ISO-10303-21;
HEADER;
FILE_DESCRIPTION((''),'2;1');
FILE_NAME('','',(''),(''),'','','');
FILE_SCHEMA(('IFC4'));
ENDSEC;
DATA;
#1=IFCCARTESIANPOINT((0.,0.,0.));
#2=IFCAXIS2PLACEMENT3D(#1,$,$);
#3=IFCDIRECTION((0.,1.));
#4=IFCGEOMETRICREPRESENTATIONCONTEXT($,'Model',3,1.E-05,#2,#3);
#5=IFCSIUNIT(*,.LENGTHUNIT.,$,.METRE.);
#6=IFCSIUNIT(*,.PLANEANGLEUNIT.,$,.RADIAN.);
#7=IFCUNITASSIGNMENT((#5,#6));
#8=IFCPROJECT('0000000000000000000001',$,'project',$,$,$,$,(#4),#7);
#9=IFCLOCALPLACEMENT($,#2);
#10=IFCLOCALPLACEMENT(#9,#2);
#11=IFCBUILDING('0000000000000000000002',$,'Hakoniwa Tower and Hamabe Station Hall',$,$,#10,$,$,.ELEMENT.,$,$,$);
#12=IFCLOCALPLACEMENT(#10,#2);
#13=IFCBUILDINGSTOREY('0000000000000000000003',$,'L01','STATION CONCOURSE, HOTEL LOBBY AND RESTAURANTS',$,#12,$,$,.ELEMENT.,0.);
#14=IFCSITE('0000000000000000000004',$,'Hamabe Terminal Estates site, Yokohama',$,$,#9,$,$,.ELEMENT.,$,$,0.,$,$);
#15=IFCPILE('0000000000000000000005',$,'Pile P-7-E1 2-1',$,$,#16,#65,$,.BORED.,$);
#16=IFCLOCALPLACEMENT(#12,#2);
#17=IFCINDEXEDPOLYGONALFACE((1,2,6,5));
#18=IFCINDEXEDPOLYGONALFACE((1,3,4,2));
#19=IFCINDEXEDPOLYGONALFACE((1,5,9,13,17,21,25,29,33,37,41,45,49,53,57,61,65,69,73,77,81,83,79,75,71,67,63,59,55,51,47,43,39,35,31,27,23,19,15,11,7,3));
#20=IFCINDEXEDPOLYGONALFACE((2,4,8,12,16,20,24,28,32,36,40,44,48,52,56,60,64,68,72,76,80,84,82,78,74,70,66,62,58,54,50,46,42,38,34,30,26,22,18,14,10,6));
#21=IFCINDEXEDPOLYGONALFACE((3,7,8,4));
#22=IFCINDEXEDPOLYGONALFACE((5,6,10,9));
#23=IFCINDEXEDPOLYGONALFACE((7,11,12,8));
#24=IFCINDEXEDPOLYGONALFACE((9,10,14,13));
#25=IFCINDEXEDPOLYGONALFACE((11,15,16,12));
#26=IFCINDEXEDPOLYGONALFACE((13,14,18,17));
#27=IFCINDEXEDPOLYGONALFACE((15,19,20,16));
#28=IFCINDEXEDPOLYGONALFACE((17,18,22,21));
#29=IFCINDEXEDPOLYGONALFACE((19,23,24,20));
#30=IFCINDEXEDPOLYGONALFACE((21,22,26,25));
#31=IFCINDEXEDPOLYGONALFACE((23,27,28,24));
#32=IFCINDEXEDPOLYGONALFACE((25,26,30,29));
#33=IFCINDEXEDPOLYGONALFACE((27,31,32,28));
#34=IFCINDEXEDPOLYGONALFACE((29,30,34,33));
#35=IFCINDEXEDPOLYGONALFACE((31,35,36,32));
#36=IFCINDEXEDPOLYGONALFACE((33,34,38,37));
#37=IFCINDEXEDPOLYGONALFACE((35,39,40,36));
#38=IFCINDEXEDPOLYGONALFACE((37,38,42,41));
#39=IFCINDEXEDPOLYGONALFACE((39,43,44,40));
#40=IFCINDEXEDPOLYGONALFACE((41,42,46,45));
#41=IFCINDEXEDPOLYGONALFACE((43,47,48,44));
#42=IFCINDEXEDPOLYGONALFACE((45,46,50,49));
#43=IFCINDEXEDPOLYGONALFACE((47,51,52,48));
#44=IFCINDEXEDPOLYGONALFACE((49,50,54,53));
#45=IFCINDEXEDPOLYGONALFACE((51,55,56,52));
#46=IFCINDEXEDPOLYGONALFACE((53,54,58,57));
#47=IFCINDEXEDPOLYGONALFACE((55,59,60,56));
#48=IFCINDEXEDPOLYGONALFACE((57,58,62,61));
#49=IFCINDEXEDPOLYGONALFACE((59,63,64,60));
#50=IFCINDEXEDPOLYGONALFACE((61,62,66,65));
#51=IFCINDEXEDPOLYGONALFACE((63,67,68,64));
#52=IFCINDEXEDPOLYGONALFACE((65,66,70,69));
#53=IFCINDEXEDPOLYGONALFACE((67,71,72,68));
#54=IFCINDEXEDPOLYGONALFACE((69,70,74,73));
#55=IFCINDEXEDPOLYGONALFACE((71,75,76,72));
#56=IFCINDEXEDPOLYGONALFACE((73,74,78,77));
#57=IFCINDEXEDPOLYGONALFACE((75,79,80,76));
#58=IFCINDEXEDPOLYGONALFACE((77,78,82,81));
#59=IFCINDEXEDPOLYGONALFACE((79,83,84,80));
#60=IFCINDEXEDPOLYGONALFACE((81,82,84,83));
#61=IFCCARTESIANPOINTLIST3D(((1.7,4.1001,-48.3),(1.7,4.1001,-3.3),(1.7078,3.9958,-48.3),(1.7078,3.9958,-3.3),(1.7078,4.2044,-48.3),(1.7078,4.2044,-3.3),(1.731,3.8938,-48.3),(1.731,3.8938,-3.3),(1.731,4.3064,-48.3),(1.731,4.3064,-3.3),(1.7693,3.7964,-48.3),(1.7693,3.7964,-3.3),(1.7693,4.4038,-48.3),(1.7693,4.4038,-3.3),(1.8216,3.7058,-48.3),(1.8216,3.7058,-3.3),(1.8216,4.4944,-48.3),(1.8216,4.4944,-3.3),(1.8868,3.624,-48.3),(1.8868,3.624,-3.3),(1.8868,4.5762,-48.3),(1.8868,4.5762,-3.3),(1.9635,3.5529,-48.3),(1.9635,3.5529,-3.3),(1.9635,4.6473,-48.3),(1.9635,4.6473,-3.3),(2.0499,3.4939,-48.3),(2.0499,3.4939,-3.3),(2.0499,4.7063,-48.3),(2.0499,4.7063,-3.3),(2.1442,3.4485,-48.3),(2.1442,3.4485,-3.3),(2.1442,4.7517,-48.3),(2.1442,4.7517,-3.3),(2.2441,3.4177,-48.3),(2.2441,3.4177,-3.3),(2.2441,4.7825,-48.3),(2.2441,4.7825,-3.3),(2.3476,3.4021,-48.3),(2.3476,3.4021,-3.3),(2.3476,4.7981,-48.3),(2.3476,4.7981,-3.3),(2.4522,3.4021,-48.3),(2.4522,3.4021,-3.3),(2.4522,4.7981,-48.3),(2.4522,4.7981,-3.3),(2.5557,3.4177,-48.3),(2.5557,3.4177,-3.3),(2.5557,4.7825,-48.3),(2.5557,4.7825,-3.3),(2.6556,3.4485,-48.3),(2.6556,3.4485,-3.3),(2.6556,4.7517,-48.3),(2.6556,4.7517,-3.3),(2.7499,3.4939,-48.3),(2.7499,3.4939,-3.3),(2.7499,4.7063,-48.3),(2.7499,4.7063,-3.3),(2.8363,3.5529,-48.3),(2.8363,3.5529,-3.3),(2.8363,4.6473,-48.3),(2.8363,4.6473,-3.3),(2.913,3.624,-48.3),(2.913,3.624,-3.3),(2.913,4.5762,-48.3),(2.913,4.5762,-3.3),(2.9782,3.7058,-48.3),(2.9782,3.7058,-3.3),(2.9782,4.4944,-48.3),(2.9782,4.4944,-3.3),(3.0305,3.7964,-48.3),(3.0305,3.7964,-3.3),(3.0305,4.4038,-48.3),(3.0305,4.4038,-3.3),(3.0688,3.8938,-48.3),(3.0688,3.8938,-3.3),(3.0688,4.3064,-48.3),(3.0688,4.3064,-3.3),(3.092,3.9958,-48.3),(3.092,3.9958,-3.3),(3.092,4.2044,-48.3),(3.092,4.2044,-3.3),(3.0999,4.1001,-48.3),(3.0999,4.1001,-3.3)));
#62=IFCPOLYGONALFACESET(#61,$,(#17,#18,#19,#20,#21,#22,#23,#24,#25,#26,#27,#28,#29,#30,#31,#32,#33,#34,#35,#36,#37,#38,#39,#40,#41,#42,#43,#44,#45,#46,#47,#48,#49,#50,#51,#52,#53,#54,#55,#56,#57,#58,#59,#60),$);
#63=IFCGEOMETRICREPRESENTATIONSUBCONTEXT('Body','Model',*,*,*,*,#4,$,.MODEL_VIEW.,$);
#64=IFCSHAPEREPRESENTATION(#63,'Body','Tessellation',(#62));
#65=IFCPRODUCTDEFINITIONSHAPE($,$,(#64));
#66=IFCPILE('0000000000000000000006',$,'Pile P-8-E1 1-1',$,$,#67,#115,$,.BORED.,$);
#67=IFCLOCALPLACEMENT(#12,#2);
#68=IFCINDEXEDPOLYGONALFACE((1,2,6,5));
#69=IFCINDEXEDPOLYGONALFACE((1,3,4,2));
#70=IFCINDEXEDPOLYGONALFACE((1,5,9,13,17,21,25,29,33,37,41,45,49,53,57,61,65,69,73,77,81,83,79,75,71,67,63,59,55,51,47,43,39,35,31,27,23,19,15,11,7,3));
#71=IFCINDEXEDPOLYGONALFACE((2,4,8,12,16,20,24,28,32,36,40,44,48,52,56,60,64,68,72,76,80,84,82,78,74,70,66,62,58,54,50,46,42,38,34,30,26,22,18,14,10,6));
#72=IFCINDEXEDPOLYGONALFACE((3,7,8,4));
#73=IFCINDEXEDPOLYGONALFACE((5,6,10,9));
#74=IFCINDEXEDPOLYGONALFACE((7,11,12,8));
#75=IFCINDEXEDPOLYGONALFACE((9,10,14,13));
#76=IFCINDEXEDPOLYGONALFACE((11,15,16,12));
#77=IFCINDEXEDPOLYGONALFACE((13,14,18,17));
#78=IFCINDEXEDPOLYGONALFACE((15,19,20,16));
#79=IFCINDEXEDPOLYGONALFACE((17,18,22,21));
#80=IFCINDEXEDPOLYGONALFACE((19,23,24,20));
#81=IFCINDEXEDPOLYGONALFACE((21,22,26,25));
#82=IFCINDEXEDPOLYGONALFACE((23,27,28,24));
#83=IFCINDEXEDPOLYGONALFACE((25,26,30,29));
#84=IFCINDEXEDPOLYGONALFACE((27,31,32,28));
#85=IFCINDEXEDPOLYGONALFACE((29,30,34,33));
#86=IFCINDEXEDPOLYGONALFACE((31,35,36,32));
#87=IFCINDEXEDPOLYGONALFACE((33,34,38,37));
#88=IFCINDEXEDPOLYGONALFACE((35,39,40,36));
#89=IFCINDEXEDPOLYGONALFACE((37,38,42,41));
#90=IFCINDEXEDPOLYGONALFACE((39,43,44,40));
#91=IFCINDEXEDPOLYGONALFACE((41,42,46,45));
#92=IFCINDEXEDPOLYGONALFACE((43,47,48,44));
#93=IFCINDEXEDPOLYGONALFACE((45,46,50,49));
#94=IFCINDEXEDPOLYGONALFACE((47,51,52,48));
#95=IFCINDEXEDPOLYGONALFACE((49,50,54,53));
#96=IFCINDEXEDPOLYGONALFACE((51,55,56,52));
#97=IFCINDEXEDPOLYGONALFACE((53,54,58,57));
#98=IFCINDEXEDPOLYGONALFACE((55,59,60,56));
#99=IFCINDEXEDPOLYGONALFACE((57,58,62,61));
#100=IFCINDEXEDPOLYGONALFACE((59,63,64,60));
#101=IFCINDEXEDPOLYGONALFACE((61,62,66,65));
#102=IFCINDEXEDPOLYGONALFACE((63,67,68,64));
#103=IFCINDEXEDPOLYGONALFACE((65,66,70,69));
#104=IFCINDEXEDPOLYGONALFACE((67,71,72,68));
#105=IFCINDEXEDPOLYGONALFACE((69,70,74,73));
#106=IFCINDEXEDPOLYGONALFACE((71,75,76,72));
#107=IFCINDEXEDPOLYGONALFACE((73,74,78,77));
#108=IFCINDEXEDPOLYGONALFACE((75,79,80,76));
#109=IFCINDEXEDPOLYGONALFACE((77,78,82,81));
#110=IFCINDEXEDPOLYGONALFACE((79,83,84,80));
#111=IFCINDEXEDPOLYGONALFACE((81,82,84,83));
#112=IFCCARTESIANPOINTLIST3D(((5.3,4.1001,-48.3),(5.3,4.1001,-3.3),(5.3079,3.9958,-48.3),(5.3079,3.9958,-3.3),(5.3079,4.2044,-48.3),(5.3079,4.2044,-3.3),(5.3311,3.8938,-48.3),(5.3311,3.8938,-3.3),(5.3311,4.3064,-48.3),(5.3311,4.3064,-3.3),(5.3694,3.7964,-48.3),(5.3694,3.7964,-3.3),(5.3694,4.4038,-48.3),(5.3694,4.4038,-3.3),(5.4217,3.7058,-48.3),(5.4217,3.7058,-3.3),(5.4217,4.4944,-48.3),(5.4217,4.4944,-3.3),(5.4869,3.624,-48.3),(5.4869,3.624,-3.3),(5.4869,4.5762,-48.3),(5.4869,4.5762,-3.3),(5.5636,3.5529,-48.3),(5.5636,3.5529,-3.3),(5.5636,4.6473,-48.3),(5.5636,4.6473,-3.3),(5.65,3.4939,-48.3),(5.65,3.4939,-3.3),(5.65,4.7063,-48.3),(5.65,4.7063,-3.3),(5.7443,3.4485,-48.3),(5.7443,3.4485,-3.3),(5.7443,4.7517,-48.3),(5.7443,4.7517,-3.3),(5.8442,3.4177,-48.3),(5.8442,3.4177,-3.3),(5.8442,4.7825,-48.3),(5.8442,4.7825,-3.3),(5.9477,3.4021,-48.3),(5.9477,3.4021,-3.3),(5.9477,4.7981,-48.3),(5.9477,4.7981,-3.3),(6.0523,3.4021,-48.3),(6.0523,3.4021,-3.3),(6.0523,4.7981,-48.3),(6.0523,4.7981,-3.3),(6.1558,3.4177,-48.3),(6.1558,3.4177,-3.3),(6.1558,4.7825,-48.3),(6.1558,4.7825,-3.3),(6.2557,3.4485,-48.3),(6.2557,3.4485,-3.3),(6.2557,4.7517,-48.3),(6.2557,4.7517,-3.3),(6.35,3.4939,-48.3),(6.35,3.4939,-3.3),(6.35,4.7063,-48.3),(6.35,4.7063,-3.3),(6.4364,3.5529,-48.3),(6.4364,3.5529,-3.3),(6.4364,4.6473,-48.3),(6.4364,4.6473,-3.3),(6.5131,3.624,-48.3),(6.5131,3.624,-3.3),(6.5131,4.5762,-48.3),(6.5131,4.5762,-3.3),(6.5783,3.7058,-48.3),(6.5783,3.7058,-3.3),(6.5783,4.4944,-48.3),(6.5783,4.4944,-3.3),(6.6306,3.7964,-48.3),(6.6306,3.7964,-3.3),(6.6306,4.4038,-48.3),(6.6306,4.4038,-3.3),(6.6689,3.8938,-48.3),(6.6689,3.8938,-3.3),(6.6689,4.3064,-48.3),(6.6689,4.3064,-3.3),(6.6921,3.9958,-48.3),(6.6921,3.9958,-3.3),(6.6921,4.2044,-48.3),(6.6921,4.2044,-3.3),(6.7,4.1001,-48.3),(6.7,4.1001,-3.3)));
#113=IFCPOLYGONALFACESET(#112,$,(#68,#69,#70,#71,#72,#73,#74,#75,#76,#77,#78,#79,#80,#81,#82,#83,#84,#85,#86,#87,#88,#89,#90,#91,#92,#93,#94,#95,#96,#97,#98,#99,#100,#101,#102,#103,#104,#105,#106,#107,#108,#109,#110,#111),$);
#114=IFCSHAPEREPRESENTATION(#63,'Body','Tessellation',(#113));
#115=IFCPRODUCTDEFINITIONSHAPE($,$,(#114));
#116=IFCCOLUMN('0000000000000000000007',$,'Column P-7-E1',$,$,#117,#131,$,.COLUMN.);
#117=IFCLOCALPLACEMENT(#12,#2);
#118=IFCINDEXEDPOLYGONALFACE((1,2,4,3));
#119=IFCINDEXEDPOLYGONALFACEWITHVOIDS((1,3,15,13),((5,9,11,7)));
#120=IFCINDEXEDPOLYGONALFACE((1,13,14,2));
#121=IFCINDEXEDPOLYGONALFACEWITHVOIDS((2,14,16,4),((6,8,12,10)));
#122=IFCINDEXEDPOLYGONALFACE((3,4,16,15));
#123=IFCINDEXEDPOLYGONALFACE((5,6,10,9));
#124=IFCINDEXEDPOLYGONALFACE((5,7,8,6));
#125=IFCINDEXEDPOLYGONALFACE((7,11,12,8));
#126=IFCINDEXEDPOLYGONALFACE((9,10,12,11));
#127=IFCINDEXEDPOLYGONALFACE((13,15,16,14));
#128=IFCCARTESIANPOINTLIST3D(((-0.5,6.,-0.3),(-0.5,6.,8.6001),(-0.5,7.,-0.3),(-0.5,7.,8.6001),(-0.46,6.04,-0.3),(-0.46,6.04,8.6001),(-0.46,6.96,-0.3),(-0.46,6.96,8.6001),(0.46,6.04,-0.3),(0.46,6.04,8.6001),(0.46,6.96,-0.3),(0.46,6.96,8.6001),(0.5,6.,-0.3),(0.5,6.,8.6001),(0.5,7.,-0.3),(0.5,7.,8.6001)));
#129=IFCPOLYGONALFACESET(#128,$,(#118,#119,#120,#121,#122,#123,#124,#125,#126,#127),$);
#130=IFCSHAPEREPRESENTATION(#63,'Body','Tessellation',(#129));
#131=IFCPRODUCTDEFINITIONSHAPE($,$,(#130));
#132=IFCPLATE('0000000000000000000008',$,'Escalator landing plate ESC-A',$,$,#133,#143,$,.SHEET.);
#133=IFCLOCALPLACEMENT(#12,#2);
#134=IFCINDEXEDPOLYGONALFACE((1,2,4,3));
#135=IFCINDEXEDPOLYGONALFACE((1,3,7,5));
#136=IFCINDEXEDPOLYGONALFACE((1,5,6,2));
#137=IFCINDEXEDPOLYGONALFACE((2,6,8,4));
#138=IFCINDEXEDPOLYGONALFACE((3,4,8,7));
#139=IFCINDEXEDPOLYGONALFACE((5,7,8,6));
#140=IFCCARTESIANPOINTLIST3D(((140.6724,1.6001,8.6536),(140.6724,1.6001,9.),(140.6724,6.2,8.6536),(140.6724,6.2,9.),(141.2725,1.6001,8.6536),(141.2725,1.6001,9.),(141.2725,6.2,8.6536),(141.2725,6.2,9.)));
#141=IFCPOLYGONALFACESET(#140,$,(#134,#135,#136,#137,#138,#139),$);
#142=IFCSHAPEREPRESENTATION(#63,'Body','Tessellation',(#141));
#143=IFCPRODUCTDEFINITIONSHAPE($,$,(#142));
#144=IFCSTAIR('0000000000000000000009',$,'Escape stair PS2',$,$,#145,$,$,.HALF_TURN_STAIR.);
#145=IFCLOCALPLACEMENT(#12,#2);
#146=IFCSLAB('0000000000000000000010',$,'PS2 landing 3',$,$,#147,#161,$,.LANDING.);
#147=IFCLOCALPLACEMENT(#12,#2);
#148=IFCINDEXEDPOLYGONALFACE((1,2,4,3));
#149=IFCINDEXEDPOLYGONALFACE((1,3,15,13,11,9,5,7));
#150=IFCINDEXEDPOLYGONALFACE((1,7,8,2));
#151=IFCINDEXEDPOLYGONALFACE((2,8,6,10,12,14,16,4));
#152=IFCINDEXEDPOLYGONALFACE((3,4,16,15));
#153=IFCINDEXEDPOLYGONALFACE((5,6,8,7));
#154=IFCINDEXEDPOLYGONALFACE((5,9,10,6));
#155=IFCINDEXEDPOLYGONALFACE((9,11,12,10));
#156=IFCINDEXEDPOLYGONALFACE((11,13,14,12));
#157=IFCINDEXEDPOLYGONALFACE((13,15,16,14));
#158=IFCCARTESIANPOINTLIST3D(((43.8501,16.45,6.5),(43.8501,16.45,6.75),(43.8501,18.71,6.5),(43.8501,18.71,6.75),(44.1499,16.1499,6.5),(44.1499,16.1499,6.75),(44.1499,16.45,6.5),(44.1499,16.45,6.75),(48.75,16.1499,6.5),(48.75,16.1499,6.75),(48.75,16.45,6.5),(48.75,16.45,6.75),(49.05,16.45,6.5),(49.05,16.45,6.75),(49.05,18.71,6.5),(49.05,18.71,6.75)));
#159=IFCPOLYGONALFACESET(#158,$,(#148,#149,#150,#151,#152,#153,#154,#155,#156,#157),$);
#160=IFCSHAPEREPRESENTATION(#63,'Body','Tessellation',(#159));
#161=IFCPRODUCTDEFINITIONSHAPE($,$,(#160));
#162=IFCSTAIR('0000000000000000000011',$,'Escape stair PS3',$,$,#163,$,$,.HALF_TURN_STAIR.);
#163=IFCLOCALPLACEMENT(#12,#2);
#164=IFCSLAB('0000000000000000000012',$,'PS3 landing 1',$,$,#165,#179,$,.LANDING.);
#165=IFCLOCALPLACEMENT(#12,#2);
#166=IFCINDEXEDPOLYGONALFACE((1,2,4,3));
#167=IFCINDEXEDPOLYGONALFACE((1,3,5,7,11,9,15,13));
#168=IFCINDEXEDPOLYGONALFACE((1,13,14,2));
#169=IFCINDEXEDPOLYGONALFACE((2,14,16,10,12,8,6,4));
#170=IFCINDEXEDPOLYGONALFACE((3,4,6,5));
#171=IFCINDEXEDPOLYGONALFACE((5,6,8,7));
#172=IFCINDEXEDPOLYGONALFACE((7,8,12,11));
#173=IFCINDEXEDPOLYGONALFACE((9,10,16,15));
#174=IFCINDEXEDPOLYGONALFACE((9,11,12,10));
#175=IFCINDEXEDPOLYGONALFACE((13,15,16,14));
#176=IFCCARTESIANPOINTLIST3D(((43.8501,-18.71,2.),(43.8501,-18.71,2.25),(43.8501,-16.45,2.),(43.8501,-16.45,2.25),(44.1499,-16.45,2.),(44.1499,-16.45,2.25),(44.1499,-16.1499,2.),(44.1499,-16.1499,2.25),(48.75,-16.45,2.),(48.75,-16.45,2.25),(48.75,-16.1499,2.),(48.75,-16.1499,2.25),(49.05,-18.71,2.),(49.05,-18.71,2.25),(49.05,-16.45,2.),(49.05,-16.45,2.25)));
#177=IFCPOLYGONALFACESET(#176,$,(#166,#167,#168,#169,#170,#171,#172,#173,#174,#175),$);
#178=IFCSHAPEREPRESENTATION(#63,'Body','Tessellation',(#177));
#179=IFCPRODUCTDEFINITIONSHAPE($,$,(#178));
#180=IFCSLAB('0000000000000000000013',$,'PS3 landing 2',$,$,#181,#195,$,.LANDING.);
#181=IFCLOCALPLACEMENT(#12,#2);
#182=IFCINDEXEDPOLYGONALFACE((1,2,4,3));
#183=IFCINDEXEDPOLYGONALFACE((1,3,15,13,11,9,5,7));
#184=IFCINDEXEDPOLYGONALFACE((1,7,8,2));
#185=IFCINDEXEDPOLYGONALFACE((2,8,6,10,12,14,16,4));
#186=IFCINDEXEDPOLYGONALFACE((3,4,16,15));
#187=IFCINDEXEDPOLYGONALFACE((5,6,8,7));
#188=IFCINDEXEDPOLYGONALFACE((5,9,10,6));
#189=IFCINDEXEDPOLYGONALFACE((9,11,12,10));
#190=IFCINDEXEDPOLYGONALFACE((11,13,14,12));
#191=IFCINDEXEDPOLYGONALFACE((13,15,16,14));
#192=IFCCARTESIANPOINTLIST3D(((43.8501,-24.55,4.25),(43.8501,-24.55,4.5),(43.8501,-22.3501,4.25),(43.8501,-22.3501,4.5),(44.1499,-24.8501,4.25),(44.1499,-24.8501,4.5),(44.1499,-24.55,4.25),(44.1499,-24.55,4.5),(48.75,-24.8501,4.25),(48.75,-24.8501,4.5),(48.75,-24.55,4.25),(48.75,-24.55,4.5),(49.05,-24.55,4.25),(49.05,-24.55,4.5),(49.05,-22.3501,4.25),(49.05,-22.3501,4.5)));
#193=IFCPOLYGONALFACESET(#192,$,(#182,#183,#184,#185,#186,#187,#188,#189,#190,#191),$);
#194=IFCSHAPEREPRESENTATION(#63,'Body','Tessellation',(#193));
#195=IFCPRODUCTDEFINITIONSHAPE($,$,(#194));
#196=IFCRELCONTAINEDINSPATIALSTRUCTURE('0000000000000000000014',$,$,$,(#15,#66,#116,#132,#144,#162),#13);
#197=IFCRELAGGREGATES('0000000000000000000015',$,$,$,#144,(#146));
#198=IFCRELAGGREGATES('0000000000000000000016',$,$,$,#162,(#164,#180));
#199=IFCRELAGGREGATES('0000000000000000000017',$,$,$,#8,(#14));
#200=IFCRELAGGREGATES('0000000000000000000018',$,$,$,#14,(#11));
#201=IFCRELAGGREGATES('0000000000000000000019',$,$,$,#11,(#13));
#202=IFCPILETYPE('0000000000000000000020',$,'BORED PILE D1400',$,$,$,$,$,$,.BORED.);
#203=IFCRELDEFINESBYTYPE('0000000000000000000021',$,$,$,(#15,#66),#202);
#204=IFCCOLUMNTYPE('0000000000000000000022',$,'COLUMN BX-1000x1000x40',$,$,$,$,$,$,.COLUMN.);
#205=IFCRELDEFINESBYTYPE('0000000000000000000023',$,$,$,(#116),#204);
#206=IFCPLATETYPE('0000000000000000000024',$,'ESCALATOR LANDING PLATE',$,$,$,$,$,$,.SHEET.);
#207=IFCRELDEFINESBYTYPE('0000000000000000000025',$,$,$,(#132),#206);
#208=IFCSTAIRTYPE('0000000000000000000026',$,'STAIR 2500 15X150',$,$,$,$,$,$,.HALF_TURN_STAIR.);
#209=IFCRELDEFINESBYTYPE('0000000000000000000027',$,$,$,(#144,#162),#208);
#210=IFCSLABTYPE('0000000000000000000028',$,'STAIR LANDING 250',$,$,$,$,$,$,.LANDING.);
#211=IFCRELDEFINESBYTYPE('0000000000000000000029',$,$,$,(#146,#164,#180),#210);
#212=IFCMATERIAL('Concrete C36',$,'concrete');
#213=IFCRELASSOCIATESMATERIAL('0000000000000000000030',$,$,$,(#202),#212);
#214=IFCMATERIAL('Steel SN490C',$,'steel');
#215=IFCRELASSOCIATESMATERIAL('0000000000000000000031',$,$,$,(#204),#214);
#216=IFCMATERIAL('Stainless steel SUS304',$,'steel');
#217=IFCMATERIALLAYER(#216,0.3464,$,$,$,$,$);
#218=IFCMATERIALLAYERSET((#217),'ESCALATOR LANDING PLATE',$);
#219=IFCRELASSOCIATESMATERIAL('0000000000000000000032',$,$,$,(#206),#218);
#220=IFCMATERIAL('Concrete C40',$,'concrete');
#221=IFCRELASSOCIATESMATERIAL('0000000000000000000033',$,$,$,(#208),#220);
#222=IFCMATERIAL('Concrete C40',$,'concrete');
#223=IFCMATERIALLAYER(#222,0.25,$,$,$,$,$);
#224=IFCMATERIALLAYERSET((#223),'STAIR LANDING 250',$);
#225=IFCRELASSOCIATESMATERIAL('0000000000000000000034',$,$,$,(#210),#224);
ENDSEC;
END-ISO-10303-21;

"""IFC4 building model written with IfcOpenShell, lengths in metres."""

from ifc_helpers import new_model, si_unit, direction, frame, origin, origin_2d, place, context, subcontext, project, spatial, polyline, hollow_rectangle, circle, outline, extrude, material, layer, layer_set, material_profile, profile_set, type_object, element, aggregate, save


model = new_model("IFC4")

# Units and contexts
model_context = context("Model", 3, precision=1e-05, world=origin(), true_north=direction((0.0, 1.0)))
body_context = subcontext(model_context, "Body", "Model", "MODEL_VIEW")
ifc_project = project(units=[si_unit("LENGTHUNIT", "METRE"), si_unit("PLANEANGLEUNIT", "RADIAN")], contexts=[model_context])

# Site, building, storey
site_placement = place(None, origin())
site = spatial("IfcSite", under=ifc_project, at=site_placement, Name="Hamabe Terminal Estates site, Yokohama", CompositionType="ELEMENT", RefElevation=0.0)
building_placement = place(site_placement, origin())
building = spatial("IfcBuilding", under=site, at=building_placement, Name="Hakoniwa Tower and Hamabe Station Hall", CompositionType="ELEMENT")
storey_placement = place(building_placement, origin())
storey = spatial("IfcBuildingStorey", under=building, at=storey_placement, Name="L01", Description="STATION CONCOURSE, HOTEL LOBBY AND RESTAURANTS", CompositionType="ELEMENT", Elevation=0.0)

# Piles
ifc_material_1 = material(Name="Concrete C36", Category="concrete")
ifc_material_profile_1 = material_profile(ifc_material_1, circle(Radius=0.7, at=origin_2d()), Name="BORED PILE D1400")
ifc_profile_set_1 = profile_set([ifc_material_profile_1], Name="Concrete C36")
pile_type = type_object("IfcPileType", Name="BORED PILE D1400", PredefinedType="BORED", material=ifc_profile_set_1)
for number, where, z_axis, x_axis, name in (
    (1, (2.3999, 4.1001, -3.3), (0.0, 0.0, -1.0), (1.0, 0.0, 0.0), "Pile P-7-E1 2-1"),
    (2, (6.0, 4.1001, -3.3), (0.0, 0.0, -1.0), (1.0, 0.0, 0.0), "Pile P-8-E1 1-1"),
):
    element("IfcPile", number, at=place(storey_placement, frame(where, z_axis=z_axis, x_axis=x_axis)), inside=storey, type_object=pile_type, Name=name, PredefinedType="BORED", context=body_context, shape_type="SweptSolid", body=[
        extrude(circle(Radius=0.7, at=origin_2d()), origin(), (0.0, 0.0, 1.0), 45.0),
    ])

# Column
ifc_material_2 = material(Name="Steel SN490C", Category="steel")
ifc_material_profile_2 = material_profile(ifc_material_2, hollow_rectangle(XDim=1.0, YDim=1.0, WallThickness=0.04, at=origin_2d()), Name="BX-1000x1000x40")
ifc_profile_set_2 = profile_set([ifc_material_profile_2], Name="Steel SN490C")
column_type = type_object("IfcColumnType", Name="COLUMN BX-1000x1000x40", PredefinedType="COLUMN", material=ifc_profile_set_2)
column_placement = place(storey_placement, frame((0.0, 6.5, -0.3), z_axis=(0.0, 0.0, 1.0), x_axis=(1.0, 0.0, 0.0)))
element("IfcColumn", 3, at=column_placement, inside=storey, type_object=column_type, Name="Column P-7-E1", PredefinedType="COLUMN", context=body_context, shape_type="SweptSolid", body=[
    extrude(hollow_rectangle(XDim=1.0, YDim=1.0, WallThickness=0.04, at=origin_2d()), origin(), (0.0, 0.0, 1.0), 8.9001),
])

# Plate
ifc_material_3 = material(Name="Stainless steel SUS304", Category="steel")
ifc_layer_1 = layer(ifc_material_3, 0.3464)
ifc_layer_set_1 = layer_set([ifc_layer_1], Name="ESCALATOR LANDING PLATE")
plate_type = type_object("IfcPlateType", Name="ESCALATOR LANDING PLATE", PredefinedType="SHEET", material=ifc_layer_set_1)
plate_placement = place(storey_placement, frame((0.0, 0.0, 8.6536)))
element("IfcPlate", 4, at=plate_placement, inside=storey, type_object=plate_type, Name="Escalator landing plate ESC-A", PredefinedType="SHEET", context=body_context, shape_type="SweptSolid", body=[
    extrude(outline(polyline([(141.2725, 1.6001), (141.2725, 6.2), (140.6724, 6.2), (140.6724, 1.6001), (141.2725, 1.6001)])), origin(), (0.0, 0.0, 1.0), 0.3464),
])

# Stair, slab
ifc_material_4 = material(Name="Concrete C40", Category="concrete")
stair_type_1 = type_object("IfcStairType", Name="STAIR 2500 15X150", PredefinedType="HALF_TURN_STAIR", material=ifc_material_4)
stair_1_placement = place(storey_placement, origin())
stair_1 = element("IfcStair", 5, at=stair_1_placement, inside=storey, type_object=stair_type_1, Name="Escape stair PS2", PredefinedType="HALF_TURN_STAIR")
ifc_material_5 = material(Name="Concrete C40", Category="concrete")
ifc_layer_2 = layer(ifc_material_5, 0.25)
ifc_layer_set_2 = layer_set([ifc_layer_2], Name="STAIR LANDING 250")
slab_type = type_object("IfcSlabType", Name="STAIR LANDING 250", PredefinedType="LANDING", material=ifc_layer_set_2)
slab_1_placement = place(storey_placement, frame((0.0, 0.0, 6.5)))
slab_1 = element("IfcSlab", 6, at=slab_1_placement, type_object=slab_type, Name="PS2 landing 3", PredefinedType="LANDING", context=body_context, shape_type="SweptSolid", body=[
    extrude(outline(polyline([(43.8501, 18.71), (43.8501, 16.45), (44.1499, 16.45), (44.1499, 16.1499), (48.75, 16.1499), (48.75, 16.45), (49.05, 16.45), (49.05, 18.71), (43.8501, 18.71)])), origin(), (0.0, 0.0, 1.0), 0.25),
])
aggregate(stair_1, [slab_1])

# Stair, slabs
stair_2_placement = place(storey_placement, origin())
stair_2 = element("IfcStair", 7, at=stair_2_placement, inside=storey, type_object=stair_type_1, Name="Escape stair PS3", PredefinedType="HALF_TURN_STAIR")
slab_2_placement = place(storey_placement, frame((0.0, 0.0, 2.0)))
slab_2 = element("IfcSlab", 8, at=slab_2_placement, type_object=slab_type, Name="PS3 landing 1", PredefinedType="LANDING", context=body_context, shape_type="SweptSolid", body=[
    extrude(outline(polyline([(49.05, -18.71), (49.05, -16.45), (48.75, -16.45), (48.75, -16.1499), (44.1499, -16.1499), (44.1499, -16.45), (43.8501, -16.45), (43.8501, -18.71), (49.05, -18.71)])), origin(), (0.0, 0.0, 1.0), 0.25),
])
slab_3_placement = place(storey_placement, frame((0.0, 0.0, 4.25)))
slab_3 = element("IfcSlab", 9, at=slab_3_placement, type_object=slab_type, Name="PS3 landing 2", PredefinedType="LANDING", context=body_context, shape_type="SweptSolid", body=[
    extrude(outline(polyline([(49.05, -24.55), (49.05, -22.3501), (43.8501, -22.3501), (43.8501, -24.55), (44.1499, -24.55), (44.1499, -24.8501), (48.75, -24.8501), (48.75, -24.55), (49.05, -24.55)])), origin(), (0.0, 0.0, 1.0), 0.25),
])
aggregate(stair_2, [slab_2, slab_3])

save(model, "model.ifc")
